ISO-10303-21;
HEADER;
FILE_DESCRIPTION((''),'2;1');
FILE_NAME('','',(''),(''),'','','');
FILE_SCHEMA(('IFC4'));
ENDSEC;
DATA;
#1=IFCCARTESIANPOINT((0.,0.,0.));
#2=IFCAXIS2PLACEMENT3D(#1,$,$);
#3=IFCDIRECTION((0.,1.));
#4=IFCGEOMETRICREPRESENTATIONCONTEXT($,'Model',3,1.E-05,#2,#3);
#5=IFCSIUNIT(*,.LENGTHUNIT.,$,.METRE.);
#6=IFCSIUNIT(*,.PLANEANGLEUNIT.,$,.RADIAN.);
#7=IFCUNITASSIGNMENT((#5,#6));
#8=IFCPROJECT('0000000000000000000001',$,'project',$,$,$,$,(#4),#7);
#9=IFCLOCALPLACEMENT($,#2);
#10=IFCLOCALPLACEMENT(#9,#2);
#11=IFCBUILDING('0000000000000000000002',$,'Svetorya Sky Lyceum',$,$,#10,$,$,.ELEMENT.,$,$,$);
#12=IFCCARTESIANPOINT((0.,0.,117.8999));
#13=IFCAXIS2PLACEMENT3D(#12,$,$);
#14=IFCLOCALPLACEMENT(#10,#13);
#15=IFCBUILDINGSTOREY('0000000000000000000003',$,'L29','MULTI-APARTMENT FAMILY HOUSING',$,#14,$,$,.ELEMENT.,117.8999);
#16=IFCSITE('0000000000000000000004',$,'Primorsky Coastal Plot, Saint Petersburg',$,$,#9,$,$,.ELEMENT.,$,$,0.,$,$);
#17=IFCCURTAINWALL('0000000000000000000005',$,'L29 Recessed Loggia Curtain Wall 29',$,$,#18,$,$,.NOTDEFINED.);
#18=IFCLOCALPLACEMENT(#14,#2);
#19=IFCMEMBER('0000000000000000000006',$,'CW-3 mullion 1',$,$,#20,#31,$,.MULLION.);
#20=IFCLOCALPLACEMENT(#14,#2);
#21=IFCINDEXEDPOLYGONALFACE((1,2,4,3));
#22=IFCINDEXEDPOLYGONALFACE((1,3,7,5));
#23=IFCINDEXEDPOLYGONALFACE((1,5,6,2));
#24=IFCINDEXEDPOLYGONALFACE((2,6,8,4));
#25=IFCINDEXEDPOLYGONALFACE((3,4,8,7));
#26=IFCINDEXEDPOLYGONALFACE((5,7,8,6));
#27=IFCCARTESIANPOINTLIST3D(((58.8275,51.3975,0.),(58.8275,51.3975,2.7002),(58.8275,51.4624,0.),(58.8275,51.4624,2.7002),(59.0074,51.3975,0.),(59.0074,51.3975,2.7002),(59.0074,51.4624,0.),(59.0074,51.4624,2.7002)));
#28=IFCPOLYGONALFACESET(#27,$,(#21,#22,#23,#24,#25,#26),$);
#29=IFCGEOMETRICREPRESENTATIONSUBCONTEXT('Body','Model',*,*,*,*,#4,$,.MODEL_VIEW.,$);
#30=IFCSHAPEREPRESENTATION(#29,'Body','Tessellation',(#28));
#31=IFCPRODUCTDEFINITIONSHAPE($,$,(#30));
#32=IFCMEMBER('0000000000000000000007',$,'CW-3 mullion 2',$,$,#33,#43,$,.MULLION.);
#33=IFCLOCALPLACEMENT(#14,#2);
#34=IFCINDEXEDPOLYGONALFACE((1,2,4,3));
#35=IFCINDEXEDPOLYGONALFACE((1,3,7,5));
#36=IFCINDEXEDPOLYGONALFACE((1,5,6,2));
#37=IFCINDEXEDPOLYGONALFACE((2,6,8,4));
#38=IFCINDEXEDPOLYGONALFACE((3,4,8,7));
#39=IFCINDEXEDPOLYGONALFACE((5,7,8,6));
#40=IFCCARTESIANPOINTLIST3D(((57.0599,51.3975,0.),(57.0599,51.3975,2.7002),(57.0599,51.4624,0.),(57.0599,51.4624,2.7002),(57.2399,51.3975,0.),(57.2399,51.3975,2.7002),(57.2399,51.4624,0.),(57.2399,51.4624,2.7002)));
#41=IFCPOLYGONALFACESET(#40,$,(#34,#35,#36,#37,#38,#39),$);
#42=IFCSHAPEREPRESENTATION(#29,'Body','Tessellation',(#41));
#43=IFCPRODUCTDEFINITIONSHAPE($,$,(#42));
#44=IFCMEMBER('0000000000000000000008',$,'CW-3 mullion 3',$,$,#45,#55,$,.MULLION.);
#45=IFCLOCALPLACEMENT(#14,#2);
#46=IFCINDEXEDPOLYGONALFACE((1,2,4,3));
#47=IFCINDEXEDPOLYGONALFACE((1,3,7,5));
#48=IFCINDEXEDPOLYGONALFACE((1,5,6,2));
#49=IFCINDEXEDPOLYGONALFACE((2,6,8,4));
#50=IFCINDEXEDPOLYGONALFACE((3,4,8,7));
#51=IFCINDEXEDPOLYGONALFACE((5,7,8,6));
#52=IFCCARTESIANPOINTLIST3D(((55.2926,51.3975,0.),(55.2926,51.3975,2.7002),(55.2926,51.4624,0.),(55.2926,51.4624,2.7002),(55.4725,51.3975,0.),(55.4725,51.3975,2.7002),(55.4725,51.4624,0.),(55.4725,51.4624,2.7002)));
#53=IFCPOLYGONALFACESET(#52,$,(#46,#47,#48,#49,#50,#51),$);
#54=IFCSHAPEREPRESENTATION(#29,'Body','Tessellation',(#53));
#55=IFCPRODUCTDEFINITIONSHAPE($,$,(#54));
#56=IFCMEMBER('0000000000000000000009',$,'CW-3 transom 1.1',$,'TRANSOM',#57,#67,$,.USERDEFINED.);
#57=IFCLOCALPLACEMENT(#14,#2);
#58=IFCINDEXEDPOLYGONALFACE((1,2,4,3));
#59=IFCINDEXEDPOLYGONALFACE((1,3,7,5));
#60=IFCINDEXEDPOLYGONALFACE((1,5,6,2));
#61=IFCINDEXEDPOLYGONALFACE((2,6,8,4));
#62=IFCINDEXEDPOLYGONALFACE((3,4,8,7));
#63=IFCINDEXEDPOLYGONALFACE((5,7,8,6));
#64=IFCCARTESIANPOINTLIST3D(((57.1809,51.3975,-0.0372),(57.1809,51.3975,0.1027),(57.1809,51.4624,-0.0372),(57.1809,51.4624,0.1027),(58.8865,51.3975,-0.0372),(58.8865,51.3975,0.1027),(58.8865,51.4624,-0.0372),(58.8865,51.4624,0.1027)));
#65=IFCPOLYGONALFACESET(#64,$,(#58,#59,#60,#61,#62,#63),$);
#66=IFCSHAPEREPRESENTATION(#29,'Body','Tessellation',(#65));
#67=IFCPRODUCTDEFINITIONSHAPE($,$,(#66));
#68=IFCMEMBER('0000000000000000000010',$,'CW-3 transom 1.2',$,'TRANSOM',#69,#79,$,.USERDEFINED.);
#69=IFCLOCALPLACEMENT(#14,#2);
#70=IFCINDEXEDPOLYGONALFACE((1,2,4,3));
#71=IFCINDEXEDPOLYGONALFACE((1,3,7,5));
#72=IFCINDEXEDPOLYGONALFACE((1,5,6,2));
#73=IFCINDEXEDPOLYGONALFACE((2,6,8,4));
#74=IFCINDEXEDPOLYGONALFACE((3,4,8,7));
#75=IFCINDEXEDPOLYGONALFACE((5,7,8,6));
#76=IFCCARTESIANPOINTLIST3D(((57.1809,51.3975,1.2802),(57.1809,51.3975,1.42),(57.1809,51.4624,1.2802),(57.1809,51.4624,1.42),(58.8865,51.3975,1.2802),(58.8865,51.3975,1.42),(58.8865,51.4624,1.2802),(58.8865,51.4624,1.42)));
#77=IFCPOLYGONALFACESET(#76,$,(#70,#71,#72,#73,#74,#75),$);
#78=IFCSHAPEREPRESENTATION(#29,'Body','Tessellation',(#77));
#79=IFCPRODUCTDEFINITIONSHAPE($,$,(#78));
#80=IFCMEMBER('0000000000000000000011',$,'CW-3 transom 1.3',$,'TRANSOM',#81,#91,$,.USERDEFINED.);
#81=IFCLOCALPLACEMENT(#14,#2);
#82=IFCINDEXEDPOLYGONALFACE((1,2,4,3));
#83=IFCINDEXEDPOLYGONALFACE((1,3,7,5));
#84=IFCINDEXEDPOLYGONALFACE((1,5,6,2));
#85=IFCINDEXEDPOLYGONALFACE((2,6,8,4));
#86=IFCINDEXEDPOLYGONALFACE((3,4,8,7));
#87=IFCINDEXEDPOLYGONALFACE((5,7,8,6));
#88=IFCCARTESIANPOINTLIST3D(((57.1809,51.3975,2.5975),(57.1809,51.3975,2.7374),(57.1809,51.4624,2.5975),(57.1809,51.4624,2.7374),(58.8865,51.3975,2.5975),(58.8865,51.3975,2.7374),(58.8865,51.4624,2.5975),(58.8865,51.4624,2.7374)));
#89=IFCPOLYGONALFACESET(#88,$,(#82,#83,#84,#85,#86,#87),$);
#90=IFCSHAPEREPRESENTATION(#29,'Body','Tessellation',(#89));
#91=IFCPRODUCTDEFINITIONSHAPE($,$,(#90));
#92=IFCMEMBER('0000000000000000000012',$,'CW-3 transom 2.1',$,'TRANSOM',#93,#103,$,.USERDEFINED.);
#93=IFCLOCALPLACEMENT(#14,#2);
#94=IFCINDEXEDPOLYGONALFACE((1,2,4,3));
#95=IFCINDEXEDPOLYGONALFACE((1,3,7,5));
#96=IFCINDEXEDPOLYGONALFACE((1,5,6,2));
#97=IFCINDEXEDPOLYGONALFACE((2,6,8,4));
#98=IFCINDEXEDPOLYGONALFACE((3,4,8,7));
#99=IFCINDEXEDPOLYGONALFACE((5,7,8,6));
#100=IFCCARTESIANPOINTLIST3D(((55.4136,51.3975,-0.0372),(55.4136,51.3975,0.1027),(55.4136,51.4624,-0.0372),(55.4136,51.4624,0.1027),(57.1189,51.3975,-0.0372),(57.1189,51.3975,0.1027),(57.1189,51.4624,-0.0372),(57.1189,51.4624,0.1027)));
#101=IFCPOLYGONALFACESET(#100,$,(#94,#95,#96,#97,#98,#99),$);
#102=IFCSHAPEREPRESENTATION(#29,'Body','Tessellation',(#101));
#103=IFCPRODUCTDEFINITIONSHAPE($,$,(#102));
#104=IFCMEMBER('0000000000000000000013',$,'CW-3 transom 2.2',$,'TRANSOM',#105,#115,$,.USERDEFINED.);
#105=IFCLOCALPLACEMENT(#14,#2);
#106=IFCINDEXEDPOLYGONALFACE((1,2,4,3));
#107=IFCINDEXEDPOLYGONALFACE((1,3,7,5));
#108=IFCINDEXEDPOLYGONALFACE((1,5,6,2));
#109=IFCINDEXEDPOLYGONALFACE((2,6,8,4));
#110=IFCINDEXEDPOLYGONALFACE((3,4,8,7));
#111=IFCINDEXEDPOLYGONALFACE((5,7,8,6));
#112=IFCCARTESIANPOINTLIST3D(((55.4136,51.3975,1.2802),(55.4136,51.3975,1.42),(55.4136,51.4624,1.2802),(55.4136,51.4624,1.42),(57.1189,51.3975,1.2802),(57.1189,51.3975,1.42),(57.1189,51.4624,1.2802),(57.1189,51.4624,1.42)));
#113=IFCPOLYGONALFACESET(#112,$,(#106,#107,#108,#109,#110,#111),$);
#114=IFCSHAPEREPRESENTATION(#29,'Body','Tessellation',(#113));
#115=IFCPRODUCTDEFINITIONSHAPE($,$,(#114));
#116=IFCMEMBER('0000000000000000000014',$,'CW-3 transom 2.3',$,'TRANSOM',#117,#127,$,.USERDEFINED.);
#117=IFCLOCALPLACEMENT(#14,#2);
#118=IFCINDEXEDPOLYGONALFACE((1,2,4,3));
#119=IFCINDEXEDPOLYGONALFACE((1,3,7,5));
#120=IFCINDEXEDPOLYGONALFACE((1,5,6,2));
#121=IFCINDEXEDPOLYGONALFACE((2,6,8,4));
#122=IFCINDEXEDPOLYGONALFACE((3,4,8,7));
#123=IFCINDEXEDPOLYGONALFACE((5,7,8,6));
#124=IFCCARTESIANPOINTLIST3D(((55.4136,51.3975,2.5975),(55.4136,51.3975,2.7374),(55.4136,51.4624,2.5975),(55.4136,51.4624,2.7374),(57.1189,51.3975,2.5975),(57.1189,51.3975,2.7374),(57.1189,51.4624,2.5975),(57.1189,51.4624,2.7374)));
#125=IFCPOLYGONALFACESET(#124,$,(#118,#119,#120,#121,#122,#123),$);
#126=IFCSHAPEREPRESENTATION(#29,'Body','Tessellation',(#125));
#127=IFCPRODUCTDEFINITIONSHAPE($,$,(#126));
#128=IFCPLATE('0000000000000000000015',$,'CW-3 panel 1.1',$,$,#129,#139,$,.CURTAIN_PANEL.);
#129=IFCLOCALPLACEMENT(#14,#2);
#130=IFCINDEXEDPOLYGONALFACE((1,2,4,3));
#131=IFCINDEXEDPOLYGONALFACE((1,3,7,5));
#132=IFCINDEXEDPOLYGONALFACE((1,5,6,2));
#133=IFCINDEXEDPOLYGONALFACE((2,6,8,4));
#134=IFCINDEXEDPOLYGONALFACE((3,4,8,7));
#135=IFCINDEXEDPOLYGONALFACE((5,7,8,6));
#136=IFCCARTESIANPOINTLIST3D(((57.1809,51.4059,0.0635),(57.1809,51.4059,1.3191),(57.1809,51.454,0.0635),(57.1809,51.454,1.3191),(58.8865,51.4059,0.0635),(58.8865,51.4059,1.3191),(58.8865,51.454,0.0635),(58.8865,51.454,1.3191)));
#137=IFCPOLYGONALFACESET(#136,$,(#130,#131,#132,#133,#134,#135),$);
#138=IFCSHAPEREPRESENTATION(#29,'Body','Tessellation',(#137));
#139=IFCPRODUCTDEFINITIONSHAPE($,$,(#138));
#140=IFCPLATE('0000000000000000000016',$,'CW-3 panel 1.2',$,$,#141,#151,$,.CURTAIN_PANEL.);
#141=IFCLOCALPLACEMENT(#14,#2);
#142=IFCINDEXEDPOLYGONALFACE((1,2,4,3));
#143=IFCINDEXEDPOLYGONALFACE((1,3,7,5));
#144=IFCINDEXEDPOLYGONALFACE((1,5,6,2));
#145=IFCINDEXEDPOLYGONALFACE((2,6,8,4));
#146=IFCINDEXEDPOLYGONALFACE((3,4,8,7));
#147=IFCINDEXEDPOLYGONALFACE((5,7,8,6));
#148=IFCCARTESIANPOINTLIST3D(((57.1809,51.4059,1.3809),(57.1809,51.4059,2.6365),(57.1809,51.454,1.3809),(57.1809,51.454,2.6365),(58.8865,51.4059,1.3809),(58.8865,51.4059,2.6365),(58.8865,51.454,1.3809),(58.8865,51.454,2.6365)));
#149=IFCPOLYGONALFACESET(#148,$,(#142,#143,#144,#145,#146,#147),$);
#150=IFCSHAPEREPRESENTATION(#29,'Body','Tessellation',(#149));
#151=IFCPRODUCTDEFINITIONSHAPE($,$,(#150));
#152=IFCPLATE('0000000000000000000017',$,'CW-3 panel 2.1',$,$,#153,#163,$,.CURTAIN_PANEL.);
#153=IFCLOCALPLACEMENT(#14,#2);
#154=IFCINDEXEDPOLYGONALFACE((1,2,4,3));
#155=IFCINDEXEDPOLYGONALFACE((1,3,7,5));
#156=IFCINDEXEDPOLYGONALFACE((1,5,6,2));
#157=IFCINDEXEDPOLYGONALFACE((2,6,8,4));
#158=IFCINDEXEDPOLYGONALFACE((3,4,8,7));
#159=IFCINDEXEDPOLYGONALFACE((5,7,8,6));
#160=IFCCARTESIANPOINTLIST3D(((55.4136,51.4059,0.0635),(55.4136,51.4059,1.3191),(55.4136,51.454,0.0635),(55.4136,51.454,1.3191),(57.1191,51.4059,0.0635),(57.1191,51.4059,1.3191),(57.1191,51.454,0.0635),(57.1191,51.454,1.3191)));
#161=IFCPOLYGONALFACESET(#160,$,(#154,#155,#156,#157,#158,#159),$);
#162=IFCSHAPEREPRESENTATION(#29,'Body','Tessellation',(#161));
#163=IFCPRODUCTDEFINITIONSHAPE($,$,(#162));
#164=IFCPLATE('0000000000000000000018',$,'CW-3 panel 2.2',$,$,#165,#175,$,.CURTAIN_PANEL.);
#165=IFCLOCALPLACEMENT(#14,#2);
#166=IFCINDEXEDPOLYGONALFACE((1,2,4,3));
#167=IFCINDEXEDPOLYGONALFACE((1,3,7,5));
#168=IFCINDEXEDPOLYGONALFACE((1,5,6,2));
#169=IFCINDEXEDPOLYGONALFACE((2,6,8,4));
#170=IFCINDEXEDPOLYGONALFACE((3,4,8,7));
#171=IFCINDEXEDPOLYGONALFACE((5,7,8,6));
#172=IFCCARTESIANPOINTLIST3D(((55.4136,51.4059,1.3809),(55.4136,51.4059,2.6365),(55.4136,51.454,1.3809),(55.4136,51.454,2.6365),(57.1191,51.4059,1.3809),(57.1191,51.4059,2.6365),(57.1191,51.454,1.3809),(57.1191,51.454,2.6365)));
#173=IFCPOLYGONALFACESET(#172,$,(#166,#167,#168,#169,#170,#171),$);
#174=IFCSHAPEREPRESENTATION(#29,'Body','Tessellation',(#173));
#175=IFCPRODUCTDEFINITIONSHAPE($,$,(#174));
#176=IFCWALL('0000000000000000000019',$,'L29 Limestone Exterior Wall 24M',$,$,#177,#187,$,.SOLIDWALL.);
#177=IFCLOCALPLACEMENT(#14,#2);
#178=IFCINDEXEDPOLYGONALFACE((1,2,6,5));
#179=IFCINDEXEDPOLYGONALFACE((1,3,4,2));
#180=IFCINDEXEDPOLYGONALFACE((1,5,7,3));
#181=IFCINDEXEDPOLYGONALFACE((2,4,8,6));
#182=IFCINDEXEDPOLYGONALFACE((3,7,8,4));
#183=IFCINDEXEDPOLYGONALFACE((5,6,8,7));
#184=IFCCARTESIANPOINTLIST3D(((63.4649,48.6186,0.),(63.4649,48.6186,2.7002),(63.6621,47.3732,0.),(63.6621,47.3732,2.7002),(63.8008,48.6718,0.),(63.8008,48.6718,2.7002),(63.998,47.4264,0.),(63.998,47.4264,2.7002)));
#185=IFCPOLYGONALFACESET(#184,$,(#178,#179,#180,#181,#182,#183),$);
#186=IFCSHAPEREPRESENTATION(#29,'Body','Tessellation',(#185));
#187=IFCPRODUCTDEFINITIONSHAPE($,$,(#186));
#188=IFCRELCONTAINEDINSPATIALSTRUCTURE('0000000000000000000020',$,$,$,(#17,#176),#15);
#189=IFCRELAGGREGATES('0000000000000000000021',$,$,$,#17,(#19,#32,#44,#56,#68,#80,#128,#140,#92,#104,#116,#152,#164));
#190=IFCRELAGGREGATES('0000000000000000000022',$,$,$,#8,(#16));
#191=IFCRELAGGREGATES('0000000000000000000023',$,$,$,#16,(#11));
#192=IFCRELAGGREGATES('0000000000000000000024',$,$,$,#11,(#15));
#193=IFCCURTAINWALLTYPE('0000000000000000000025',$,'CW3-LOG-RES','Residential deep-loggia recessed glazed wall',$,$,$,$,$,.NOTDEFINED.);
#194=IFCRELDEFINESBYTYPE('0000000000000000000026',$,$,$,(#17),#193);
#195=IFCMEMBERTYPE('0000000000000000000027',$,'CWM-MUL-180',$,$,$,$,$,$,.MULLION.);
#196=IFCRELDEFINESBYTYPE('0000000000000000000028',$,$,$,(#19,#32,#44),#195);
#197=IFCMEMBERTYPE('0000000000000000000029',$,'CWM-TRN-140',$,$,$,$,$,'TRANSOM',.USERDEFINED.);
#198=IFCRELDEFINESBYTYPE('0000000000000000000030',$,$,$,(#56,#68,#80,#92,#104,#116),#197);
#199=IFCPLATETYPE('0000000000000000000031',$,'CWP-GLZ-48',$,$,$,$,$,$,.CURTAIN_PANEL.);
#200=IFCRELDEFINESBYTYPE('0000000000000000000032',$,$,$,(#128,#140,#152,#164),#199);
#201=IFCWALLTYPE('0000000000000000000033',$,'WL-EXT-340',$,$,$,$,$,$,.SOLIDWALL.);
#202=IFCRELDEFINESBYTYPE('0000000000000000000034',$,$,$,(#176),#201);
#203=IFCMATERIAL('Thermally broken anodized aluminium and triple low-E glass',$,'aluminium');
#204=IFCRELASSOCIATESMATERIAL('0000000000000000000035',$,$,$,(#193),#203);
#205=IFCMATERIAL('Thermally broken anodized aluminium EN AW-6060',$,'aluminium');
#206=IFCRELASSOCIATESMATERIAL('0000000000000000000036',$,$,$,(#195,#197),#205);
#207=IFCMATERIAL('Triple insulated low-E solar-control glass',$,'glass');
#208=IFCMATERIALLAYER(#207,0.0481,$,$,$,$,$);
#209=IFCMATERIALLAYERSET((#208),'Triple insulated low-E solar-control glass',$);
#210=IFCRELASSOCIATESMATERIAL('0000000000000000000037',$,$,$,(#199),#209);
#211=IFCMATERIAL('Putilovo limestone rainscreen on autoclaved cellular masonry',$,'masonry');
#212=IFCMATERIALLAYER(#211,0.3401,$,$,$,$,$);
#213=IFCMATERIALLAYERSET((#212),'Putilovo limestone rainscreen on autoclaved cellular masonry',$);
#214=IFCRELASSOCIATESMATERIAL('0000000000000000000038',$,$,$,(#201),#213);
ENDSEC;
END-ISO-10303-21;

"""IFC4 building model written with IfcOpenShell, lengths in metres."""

from ifc_helpers import new_model, si_unit, direction, frame, frame_2d, origin, origin_2d, place, context, subcontext, project, spatial, rectangle, extrude, material, layer, layer_set, material_profile, profile_set, type_object, element, aggregate, save


model = new_model("IFC4")

# Units and contexts
model_context = context("Model", 3, precision=1e-05, world=origin(), true_north=direction((0.0, 1.0)))
body_context = subcontext(model_context, "Body", "Model", "MODEL_VIEW")
ifc_project = project(units=[si_unit("LENGTHUNIT", "METRE"), si_unit("PLANEANGLEUNIT", "RADIAN")], contexts=[model_context])

# Site, building, storey
site_placement = place(None, origin())
site = spatial("IfcSite", under=ifc_project, at=site_placement, Name="Primorsky Coastal Plot, Saint Petersburg", CompositionType="ELEMENT", RefElevation=0.0)
building_placement = place(site_placement, origin())
building = spatial("IfcBuilding", under=site, at=building_placement, Name="Svetorya Sky Lyceum", CompositionType="ELEMENT")
storey_placement = place(building_placement, frame((0.0, 0.0, 117.8999)))
storey = spatial("IfcBuildingStorey", under=building, at=storey_placement, Name="L29", Description="MULTI-APARTMENT FAMILY HOUSING", CompositionType="ELEMENT", Elevation=117.8999)

# Curtain wall, members, plates
ifc_material_1 = material(Name="Thermally broken anodized aluminium and triple low-E glass", Category="aluminium")
curtain_wall_type = type_object("IfcCurtainWallType", Name="CW3-LOG-RES", Description="Residential deep-loggia recessed glazed wall", PredefinedType="NOTDEFINED", material=ifc_material_1)
curtain_wall_placement = place(storey_placement, origin())
curtain_wall = element("IfcCurtainWall", 1, at=curtain_wall_placement, inside=storey, type_object=curtain_wall_type, Name="L29 Recessed Loggia Curtain Wall 29", PredefinedType="NOTDEFINED")
ifc_material_2 = material(Name="Thermally broken anodized aluminium EN AW-6060", Category="aluminium")
ifc_material_profile_1 = material_profile(ifc_material_2, rectangle(XDim=0.0649, YDim=0.1799, at=origin_2d()), Name="ALU MULLION 65x180")
ifc_profile_set_1 = profile_set([ifc_material_profile_1], Name="Thermally broken anodized aluminium EN AW-6060")
member_type_1 = type_object("IfcMemberType", Name="CWM-MUL-180", PredefinedType="MULLION", material=ifc_profile_set_1)
member_1_placement = place(storey_placement, frame((58.9175, 51.4299, 0.0), z_axis=(0.0, 0.0, 1.0), x_axis=(0.0, -1.0, 0.0)))
member_1 = element("IfcMember", 2, at=member_1_placement, type_object=member_type_1, Name="CW-3 mullion 1", PredefinedType="MULLION", context=body_context, shape_type="SweptSolid", body=[
    extrude(rectangle(XDim=0.0649, YDim=0.1799, at=origin_2d()), origin(), (0.0, 0.0, 1.0), 2.7002),
])
member_2_placement = place(storey_placement, frame((57.1499, 51.4299, 0.0), z_axis=(0.0, 0.0, 1.0), x_axis=(0.0, -1.0, 0.0)))
member_2 = element("IfcMember", 3, at=member_2_placement, type_object=member_type_1, Name="CW-3 mullion 2", PredefinedType="MULLION", context=body_context, shape_type="SweptSolid", body=[
    extrude(rectangle(XDim=0.0649, YDim=0.1799, at=origin_2d()), origin(), (0.0, 0.0, 1.0), 2.7002),
])
member_3_placement = place(storey_placement, frame((55.3826, 51.4299, 0.0), z_axis=(0.0, 0.0, 1.0), x_axis=(0.0, -1.0, 0.0)))
member_3 = element("IfcMember", 4, at=member_3_placement, type_object=member_type_1, Name="CW-3 mullion 3", PredefinedType="MULLION", context=body_context, shape_type="SweptSolid", body=[
    extrude(rectangle(XDim=0.0649, YDim=0.1799, at=origin_2d()), origin(), (0.0, 0.0, 1.0), 2.7002),
])
ifc_material_profile_2 = material_profile(ifc_material_2, rectangle(XDim=0.0649, YDim=0.1399, at=origin_2d()), Name="ALU TRANSOM 65x140")
ifc_profile_set_2 = profile_set([ifc_material_profile_2], Name="Thermally broken anodized aluminium EN AW-6060")
member_type_2 = type_object("IfcMemberType", Name="CWM-TRN-140", ElementType="TRANSOM", PredefinedType="USERDEFINED", material=ifc_profile_set_2)
member_4_placement = place(storey_placement, frame((58.8865, 51.4299, 0.0327), z_axis=(-1.0, 0.0, 0.0), x_axis=(0.0, -1.0, 0.0)))
member_4 = element("IfcMember", 5, at=member_4_placement, type_object=member_type_2, Name="CW-3 transom 1.1", ObjectType="TRANSOM", PredefinedType="USERDEFINED", context=body_context, shape_type="SweptSolid", body=[
    extrude(rectangle(XDim=0.0649, YDim=0.1399, at=origin_2d()), origin(), (0.0, 0.0, 1.0), 1.7056),
])
member_5_placement = place(storey_placement, frame((58.8865, 51.4299, 1.3501), z_axis=(-1.0, 0.0, 0.0), x_axis=(0.0, -1.0, 0.0)))
member_5 = element("IfcMember", 6, at=member_5_placement, type_object=member_type_2, Name="CW-3 transom 1.2", ObjectType="TRANSOM", PredefinedType="USERDEFINED", context=body_context, shape_type="SweptSolid", body=[
    extrude(rectangle(XDim=0.0649, YDim=0.1399, at=origin_2d()), origin(), (0.0, 0.0, 1.0), 1.7056),
])
member_6_placement = place(storey_placement, frame((58.8865, 51.4299, 2.6675), z_axis=(-1.0, 0.0, 0.0), x_axis=(0.0, -1.0, 0.0)))
member_6 = element("IfcMember", 7, at=member_6_placement, type_object=member_type_2, Name="CW-3 transom 1.3", ObjectType="TRANSOM", PredefinedType="USERDEFINED", context=body_context, shape_type="SweptSolid", body=[
    extrude(rectangle(XDim=0.0649, YDim=0.1399, at=origin_2d()), origin(), (0.0, 0.0, 1.0), 1.7056),
])
member_7_placement = place(storey_placement, frame((57.1189, 51.4299, 0.0327), z_axis=(-1.0, 0.0, 0.0), x_axis=(0.0, -1.0, 0.0)))
member_7 = element("IfcMember", 8, at=member_7_placement, type_object=member_type_2, Name="CW-3 transom 2.1", ObjectType="TRANSOM", PredefinedType="USERDEFINED", context=body_context, shape_type="SweptSolid", body=[
    extrude(rectangle(XDim=0.0649, YDim=0.1399, at=origin_2d()), origin(), (0.0, 0.0, 1.0), 1.7053),
])
member_8_placement = place(storey_placement, frame((57.1189, 51.4299, 1.3501), z_axis=(-1.0, 0.0, 0.0), x_axis=(0.0, -1.0, 0.0)))
member_8 = element("IfcMember", 9, at=member_8_placement, type_object=member_type_2, Name="CW-3 transom 2.2", ObjectType="TRANSOM", PredefinedType="USERDEFINED", context=body_context, shape_type="SweptSolid", body=[
    extrude(rectangle(XDim=0.0649, YDim=0.1399, at=origin_2d()), origin(), (0.0, 0.0, 1.0), 1.7053),
])
member_9_placement = place(storey_placement, frame((57.1189, 51.4299, 2.6675), z_axis=(-1.0, 0.0, 0.0), x_axis=(0.0, -1.0, 0.0)))
member_9 = element("IfcMember", 10, at=member_9_placement, type_object=member_type_2, Name="CW-3 transom 2.3", ObjectType="TRANSOM", PredefinedType="USERDEFINED", context=body_context, shape_type="SweptSolid", body=[
    extrude(rectangle(XDim=0.0649, YDim=0.1399, at=origin_2d()), origin(), (0.0, 0.0, 1.0), 1.7053),
])
ifc_material_3 = material(Name="Triple insulated low-E solar-control glass", Category="glass")
ifc_layer_1 = layer(ifc_material_3, 0.0481)
ifc_layer_set_1 = layer_set([ifc_layer_1], Name="Triple insulated low-E solar-control glass")
plate_type = type_object("IfcPlateType", Name="CWP-GLZ-48", PredefinedType="CURTAIN_PANEL", material=ifc_layer_set_1)
plate_1_placement = place(storey_placement, frame((58.0337, 51.4299, 0.0635), z_axis=(0.0, 0.0, 1.0), x_axis=(-1.0, 0.0, 0.0)))
plate_1 = element("IfcPlate", 11, at=plate_1_placement, type_object=plate_type, Name="CW-3 panel 1.1", PredefinedType="CURTAIN_PANEL", context=body_context, shape_type="SweptSolid", body=[
    extrude(rectangle(XDim=1.7056, YDim=0.0481, at=origin_2d()), origin(), (0.0, 0.0, 1.0), 1.2556),
])
plate_2_placement = place(storey_placement, frame((58.0337, 51.4299, 1.3809), z_axis=(0.0, 0.0, 1.0), x_axis=(-1.0, 0.0, 0.0)))
plate_2 = element("IfcPlate", 12, at=plate_2_placement, type_object=plate_type, Name="CW-3 panel 1.2", PredefinedType="CURTAIN_PANEL", context=body_context, shape_type="SweptSolid", body=[
    extrude(rectangle(XDim=1.7056, YDim=0.0481, at=origin_2d()), origin(), (0.0, 0.0, 1.0), 1.2556),
])
plate_3_placement = place(storey_placement, frame((56.2664, 51.4299, 0.0635), z_axis=(0.0, 0.0, 1.0), x_axis=(-1.0, 0.0, 0.0)))
plate_3 = element("IfcPlate", 13, at=plate_3_placement, type_object=plate_type, Name="CW-3 panel 2.1", PredefinedType="CURTAIN_PANEL", context=body_context, shape_type="SweptSolid", body=[
    extrude(rectangle(XDim=1.7056, YDim=0.0481, at=origin_2d()), origin(), (0.0, 0.0, 1.0), 1.2556),
])
plate_4_placement = place(storey_placement, frame((56.2664, 51.4299, 1.3809), z_axis=(0.0, 0.0, 1.0), x_axis=(-1.0, 0.0, 0.0)))
plate_4 = element("IfcPlate", 14, at=plate_4_placement, type_object=plate_type, Name="CW-3 panel 2.2", PredefinedType="CURTAIN_PANEL", context=body_context, shape_type="SweptSolid", body=[
    extrude(rectangle(XDim=1.7056, YDim=0.0481, at=origin_2d()), origin(), (0.0, 0.0, 1.0), 1.2556),
])
aggregate(curtain_wall, [member_1, member_2, member_3, member_4, member_5, member_6, plate_1, plate_2, member_7, member_8, member_9, plate_3, plate_4])

# Wall
ifc_material_4 = material(Name="Putilovo limestone rainscreen on autoclaved cellular masonry", Category="masonry")
ifc_layer_2 = layer(ifc_material_4, 0.3401)
ifc_layer_set_2 = layer_set([ifc_layer_2], Name="Putilovo limestone rainscreen on autoclaved cellular masonry")
wall_type_1 = type_object("IfcWallType", Name="WL-EXT-340", PredefinedType="SOLIDWALL", material=ifc_layer_set_2)
for number, where, z_axis, x_axis, name in (
    (15, (63.8301, 47.3999, 0.0), (0.0, 0.0, 1.0), (-0.15645, 0.987686, 0.0), "L29 Limestone Exterior Wall 24M"),
):
    element("IfcWall", number, at=place(storey_placement, frame(where, z_axis=z_axis, x_axis=x_axis)), inside=storey, type_object=wall_type_1, Name=name, PredefinedType="SOLIDWALL", context=body_context, shape_type="SweptSolid", body=[
        extrude(rectangle(XDim=1.261, YDim=0.3401, at=frame_2d((0.6304, 0.0))), origin(), (0.0, 0.0, 1.0), 2.7002),
    ])

save(model, "model.ifc")
